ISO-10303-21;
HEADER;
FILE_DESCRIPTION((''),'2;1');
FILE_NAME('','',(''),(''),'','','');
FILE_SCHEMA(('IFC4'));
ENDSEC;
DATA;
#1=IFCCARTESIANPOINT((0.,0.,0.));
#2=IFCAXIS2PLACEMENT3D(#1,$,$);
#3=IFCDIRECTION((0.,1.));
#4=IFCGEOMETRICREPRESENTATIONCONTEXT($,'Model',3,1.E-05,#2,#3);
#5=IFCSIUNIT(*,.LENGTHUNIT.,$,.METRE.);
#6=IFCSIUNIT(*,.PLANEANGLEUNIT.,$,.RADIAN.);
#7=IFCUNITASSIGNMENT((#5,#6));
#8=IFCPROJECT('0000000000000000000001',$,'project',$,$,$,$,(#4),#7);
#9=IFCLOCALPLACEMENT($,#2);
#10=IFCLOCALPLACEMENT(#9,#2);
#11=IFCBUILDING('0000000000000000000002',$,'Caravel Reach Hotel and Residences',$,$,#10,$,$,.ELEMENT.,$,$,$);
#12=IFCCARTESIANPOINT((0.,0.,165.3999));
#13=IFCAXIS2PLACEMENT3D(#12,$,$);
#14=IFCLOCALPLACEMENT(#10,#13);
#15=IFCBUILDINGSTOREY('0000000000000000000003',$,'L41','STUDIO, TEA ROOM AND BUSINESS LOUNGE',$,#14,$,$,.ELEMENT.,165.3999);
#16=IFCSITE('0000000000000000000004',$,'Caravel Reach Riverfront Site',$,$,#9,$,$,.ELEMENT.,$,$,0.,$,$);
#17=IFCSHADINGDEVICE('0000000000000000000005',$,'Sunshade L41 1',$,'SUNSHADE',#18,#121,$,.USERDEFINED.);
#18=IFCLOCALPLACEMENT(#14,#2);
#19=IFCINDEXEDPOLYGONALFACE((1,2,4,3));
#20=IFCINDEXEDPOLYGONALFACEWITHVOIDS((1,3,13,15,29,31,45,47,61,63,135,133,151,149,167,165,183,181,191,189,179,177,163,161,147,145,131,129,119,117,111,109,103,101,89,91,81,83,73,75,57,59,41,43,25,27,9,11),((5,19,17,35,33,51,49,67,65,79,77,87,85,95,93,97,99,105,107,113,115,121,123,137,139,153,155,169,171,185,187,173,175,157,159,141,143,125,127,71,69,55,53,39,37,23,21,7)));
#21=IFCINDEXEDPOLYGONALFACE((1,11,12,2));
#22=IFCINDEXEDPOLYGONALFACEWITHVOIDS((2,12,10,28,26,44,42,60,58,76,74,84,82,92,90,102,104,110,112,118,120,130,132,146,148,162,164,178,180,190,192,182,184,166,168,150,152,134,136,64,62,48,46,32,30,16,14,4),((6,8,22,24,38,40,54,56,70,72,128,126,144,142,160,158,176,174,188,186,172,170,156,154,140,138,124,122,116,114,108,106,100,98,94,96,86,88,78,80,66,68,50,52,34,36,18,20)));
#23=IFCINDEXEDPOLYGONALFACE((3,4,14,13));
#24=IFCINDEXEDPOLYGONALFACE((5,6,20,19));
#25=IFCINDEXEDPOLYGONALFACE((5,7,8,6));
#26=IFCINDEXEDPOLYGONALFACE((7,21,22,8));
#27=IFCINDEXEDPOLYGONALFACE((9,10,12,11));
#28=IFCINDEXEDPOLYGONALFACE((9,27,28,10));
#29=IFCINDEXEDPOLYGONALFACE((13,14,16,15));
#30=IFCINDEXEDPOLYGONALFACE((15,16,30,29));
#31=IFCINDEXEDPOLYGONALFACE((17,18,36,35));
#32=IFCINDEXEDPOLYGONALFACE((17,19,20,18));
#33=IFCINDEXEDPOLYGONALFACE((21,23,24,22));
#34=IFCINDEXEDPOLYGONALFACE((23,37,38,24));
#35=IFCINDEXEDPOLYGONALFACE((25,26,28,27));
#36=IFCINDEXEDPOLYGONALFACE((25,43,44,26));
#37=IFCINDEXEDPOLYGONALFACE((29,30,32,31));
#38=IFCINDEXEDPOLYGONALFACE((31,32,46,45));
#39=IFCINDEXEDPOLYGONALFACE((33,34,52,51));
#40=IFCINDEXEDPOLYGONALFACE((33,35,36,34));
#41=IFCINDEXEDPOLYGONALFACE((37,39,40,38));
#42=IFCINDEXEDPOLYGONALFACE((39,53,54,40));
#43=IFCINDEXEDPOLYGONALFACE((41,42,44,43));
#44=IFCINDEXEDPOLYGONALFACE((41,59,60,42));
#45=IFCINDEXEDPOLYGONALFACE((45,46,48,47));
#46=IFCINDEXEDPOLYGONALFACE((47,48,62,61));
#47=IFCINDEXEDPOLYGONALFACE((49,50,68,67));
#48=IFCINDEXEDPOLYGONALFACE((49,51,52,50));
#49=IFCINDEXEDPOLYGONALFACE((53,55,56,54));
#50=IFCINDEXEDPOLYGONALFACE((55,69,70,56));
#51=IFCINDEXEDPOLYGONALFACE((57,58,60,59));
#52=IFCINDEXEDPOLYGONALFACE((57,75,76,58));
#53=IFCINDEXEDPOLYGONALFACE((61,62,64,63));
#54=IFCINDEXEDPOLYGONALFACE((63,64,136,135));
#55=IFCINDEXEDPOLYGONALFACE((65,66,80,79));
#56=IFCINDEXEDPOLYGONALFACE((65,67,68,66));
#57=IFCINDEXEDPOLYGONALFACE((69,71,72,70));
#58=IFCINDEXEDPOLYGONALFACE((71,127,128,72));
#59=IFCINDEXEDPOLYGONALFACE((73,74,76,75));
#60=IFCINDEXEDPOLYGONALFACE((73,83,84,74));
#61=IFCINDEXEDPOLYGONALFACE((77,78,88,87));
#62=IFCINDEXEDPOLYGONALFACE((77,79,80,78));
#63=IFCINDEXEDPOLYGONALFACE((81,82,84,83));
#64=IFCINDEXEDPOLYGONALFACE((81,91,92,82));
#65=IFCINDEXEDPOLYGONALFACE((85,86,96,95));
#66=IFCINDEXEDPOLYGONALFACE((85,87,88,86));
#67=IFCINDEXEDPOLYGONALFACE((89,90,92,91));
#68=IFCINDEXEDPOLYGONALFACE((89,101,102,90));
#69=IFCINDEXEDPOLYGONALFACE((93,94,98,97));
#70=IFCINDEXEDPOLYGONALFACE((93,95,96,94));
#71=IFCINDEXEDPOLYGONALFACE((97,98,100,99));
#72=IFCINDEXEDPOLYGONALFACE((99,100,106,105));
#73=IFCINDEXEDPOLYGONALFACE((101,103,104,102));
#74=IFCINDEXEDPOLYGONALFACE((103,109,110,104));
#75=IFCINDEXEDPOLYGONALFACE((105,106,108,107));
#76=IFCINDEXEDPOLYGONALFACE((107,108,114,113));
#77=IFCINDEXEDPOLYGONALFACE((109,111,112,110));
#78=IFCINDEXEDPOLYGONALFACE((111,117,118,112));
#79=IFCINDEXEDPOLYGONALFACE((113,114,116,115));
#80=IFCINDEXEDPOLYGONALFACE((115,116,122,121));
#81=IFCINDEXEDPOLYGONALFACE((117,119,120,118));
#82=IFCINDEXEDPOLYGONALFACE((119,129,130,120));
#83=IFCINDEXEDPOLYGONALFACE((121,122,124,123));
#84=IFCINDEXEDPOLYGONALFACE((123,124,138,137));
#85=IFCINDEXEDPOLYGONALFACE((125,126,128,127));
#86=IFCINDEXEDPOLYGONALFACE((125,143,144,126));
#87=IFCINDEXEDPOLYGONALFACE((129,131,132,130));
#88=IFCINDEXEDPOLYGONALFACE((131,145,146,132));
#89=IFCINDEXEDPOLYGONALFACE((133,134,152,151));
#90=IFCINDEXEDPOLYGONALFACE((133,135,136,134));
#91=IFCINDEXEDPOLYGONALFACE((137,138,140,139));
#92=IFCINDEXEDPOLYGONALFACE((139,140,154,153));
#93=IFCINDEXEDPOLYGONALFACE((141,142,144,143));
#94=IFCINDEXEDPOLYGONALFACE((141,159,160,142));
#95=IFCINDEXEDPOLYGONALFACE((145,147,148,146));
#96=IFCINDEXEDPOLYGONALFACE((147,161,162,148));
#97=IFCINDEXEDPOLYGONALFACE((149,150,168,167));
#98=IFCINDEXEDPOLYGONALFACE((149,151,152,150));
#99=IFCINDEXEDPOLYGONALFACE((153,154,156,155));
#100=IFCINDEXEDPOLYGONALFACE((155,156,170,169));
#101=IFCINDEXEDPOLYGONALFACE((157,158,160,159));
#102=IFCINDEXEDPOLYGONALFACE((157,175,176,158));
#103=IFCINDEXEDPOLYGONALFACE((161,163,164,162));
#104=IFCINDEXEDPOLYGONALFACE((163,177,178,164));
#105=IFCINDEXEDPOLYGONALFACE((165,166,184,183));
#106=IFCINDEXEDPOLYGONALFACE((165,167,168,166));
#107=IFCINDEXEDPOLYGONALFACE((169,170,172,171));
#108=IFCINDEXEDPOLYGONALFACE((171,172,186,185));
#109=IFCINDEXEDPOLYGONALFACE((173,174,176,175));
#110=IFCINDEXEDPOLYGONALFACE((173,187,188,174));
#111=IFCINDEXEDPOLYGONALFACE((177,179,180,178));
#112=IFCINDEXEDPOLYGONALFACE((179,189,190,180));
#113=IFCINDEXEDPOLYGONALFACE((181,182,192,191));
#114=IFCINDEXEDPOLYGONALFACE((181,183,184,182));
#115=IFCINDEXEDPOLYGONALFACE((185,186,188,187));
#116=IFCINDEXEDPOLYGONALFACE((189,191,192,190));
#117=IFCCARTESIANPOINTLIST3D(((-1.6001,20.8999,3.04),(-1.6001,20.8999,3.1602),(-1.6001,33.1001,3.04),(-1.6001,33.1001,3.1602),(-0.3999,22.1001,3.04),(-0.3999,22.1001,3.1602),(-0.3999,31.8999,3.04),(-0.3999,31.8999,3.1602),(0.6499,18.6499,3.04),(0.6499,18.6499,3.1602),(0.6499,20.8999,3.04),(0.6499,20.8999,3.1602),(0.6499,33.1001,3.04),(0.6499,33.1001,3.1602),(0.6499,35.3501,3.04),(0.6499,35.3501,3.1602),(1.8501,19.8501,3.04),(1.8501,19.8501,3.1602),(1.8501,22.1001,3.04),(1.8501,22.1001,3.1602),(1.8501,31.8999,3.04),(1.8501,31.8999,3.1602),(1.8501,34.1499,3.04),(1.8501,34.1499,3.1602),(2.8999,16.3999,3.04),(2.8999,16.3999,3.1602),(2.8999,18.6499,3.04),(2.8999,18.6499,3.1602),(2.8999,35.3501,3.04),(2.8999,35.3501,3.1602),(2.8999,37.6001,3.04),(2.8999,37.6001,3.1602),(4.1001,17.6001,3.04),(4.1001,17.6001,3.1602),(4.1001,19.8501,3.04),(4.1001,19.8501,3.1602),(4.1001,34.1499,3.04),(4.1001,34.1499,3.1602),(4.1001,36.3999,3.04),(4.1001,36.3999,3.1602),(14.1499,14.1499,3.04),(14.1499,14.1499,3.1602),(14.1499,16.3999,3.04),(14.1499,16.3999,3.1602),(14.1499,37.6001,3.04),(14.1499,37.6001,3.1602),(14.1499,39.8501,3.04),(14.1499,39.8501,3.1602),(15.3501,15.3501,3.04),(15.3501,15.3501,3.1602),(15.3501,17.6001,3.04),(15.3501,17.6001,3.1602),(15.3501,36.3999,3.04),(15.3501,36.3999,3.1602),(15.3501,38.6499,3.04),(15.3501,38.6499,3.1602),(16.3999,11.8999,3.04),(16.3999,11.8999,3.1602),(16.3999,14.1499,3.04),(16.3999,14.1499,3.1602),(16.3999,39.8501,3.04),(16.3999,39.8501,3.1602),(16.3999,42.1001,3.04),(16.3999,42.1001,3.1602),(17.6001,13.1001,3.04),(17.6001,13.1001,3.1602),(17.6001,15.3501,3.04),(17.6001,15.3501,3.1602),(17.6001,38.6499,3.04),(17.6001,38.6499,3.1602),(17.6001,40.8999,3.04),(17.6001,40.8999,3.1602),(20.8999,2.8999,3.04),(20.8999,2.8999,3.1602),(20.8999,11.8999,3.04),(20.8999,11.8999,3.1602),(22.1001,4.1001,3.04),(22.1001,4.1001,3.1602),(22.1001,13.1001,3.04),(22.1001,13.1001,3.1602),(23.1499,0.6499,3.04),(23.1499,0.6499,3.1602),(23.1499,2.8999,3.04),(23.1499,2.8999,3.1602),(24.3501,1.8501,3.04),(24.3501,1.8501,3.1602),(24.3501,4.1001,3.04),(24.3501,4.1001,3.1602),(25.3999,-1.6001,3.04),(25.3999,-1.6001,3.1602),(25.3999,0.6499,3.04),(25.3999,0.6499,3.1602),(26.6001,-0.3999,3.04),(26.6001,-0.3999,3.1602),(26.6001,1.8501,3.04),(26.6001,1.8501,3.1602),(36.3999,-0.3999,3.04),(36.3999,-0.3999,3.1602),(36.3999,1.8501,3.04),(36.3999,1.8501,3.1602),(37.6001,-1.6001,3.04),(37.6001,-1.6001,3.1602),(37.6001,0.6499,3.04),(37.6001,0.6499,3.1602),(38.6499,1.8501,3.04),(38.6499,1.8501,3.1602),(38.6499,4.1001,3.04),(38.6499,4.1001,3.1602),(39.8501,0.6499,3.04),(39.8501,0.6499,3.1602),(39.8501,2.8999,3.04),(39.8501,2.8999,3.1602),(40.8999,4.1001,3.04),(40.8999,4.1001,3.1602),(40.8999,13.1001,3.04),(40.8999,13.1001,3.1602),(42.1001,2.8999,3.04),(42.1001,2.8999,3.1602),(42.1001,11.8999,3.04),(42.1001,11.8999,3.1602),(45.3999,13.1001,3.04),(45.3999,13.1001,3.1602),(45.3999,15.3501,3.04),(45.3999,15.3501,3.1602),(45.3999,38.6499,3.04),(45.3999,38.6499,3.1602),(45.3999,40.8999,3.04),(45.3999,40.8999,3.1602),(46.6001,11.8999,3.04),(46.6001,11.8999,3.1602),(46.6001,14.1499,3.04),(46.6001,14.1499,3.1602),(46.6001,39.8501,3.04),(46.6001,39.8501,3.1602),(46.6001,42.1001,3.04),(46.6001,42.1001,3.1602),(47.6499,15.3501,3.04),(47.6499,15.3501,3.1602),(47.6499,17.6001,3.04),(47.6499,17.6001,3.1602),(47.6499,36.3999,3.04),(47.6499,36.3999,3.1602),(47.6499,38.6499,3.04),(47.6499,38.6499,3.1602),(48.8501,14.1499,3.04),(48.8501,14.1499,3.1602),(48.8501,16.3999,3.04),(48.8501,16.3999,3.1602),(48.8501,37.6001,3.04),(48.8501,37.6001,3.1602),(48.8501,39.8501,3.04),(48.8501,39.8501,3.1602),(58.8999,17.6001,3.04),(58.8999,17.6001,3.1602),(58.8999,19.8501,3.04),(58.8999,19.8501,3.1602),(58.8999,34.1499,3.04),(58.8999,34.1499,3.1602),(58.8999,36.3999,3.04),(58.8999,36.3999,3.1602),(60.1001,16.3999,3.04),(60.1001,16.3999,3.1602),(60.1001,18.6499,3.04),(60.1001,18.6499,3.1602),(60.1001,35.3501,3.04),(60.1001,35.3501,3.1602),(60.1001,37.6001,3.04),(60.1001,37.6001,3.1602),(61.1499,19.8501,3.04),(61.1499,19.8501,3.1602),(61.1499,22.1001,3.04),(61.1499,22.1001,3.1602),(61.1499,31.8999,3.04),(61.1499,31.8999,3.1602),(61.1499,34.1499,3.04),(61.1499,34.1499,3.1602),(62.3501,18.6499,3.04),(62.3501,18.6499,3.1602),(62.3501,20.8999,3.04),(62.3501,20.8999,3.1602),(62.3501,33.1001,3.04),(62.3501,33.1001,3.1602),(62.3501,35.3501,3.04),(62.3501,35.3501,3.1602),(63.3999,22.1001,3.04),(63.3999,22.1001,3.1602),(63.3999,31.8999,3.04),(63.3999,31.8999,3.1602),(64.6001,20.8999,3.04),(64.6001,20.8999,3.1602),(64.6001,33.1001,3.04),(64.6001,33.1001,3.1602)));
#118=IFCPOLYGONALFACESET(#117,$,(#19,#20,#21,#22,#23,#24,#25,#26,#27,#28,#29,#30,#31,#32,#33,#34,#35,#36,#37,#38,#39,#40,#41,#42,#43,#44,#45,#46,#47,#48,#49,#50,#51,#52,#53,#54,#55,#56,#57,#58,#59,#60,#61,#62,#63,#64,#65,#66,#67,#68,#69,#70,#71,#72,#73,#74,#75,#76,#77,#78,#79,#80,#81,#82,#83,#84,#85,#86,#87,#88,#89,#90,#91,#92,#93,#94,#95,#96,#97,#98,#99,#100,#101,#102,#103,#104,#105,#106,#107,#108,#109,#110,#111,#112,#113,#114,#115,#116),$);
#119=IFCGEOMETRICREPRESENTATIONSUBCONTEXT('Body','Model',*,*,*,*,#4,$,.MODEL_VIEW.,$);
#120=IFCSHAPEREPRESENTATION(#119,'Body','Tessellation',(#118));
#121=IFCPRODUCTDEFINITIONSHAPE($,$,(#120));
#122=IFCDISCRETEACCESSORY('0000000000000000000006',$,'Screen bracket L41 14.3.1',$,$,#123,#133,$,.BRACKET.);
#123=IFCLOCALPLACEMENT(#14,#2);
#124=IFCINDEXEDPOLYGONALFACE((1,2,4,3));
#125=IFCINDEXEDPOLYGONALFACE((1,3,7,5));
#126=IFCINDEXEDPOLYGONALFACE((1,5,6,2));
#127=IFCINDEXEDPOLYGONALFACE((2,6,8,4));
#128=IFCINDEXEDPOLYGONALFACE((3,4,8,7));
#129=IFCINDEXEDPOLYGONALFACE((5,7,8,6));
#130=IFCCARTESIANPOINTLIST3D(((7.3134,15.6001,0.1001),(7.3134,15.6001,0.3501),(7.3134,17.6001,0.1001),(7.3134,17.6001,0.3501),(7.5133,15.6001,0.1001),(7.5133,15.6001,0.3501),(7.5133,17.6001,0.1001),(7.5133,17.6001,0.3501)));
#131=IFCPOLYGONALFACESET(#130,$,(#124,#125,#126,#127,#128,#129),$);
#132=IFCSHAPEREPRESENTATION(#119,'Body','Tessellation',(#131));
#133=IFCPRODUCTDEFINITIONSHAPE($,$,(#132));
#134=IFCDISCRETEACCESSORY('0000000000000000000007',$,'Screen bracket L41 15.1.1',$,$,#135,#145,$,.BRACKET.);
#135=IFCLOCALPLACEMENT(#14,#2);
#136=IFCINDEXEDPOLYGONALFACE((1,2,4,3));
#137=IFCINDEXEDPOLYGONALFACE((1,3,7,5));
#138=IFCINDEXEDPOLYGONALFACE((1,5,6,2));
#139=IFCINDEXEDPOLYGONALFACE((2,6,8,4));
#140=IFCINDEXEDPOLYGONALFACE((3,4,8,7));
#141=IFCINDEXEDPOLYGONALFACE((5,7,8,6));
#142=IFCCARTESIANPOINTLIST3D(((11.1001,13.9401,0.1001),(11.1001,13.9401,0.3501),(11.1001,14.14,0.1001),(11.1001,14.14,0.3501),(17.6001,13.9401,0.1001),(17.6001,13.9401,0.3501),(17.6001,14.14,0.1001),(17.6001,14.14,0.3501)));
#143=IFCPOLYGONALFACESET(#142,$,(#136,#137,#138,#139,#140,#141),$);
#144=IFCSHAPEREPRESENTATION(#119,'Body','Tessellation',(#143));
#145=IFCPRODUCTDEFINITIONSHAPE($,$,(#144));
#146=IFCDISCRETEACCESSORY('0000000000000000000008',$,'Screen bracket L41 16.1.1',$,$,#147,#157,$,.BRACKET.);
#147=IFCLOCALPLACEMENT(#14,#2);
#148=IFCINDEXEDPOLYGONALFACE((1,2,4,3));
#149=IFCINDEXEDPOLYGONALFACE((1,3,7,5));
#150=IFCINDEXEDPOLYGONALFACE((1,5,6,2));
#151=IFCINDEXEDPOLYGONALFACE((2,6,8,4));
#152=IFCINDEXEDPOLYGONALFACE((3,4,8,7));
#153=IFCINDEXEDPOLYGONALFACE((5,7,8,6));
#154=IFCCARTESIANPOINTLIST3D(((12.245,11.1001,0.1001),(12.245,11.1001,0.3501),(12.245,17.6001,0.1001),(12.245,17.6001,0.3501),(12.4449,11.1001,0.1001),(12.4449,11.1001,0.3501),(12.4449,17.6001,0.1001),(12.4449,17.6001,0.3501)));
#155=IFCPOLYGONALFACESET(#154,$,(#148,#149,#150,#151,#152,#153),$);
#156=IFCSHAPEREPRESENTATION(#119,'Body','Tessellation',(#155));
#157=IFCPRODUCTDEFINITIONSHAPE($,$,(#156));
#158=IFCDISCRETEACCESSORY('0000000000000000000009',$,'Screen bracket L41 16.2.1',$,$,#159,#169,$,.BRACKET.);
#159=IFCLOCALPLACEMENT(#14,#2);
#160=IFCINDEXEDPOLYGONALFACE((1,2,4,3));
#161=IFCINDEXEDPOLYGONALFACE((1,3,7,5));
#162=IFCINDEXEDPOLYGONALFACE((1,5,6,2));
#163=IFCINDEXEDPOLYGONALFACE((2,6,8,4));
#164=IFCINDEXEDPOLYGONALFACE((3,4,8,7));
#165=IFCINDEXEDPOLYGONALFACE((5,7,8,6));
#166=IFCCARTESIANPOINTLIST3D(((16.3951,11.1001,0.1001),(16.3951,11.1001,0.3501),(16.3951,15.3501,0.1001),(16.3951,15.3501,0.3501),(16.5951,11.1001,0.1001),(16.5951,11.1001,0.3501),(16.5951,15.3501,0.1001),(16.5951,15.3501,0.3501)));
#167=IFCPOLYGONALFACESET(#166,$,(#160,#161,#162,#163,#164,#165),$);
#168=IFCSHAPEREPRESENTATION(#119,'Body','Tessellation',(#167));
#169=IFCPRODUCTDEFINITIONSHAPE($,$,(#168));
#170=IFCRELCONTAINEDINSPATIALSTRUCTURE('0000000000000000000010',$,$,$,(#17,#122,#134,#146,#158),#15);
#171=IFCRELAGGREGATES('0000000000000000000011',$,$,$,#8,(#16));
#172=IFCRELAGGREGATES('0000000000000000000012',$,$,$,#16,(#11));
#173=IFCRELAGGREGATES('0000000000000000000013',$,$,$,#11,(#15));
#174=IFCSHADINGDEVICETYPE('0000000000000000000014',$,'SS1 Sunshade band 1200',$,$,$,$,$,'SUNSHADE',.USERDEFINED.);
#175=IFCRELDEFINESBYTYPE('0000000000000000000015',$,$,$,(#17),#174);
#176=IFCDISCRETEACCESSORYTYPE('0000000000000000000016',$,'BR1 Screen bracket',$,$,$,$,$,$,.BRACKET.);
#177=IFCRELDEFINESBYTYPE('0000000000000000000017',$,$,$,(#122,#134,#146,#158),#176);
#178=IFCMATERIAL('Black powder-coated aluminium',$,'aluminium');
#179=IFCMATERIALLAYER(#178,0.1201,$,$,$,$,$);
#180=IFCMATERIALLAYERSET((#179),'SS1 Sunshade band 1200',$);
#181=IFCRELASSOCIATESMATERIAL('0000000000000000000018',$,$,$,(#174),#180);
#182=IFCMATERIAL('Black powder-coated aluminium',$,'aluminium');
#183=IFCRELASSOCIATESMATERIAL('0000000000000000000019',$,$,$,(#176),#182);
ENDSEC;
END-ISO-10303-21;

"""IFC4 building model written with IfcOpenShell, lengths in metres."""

from ifc_helpers import new_model, si_unit, direction, frame, origin, origin_2d, place, context, subcontext, project, spatial, polyline, rectangle, outline, extrude, material, layer, layer_set, type_object, element, save


model = new_model("IFC4")

# Units and contexts
model_context = context("Model", 3, precision=1e-05, world=origin(), true_north=direction((0.0, 1.0)))
body_context = subcontext(model_context, "Body", "Model", "MODEL_VIEW")
ifc_project = project(units=[si_unit("LENGTHUNIT", "METRE"), si_unit("PLANEANGLEUNIT", "RADIAN")], contexts=[model_context])

# Site, building, storey
site_placement = place(None, origin())
site = spatial("IfcSite", under=ifc_project, at=site_placement, Name="Caravel Reach Riverfront Site", CompositionType="ELEMENT", RefElevation=0.0)
building_placement = place(site_placement, origin())
building = spatial("IfcBuilding", under=site, at=building_placement, Name="Caravel Reach Hotel and Residences", CompositionType="ELEMENT")
storey_placement = place(building_placement, frame((0.0, 0.0, 165.3999)))
storey = spatial("IfcBuildingStorey", under=building, at=storey_placement, Name="L41", Description="STUDIO, TEA ROOM AND BUSINESS LOUNGE", CompositionType="ELEMENT", Elevation=165.3999)

# Shading device
ifc_material_1 = material(Name="Black powder-coated aluminium", Category="aluminium")
ifc_layer_1 = layer(ifc_material_1, 0.1201)
ifc_layer_set_1 = layer_set([ifc_layer_1], Name="SS1 Sunshade band 1200")
shading_device_type_1 = type_object("IfcShadingDeviceType", Name="SS1 Sunshade band 1200", ElementType="SUNSHADE", PredefinedType="USERDEFINED", material=ifc_layer_set_1)
shading_device_1_placement = place(storey_placement, frame((0.0, 0.0, 3.04)))
element("IfcShadingDevice", 1, at=shading_device_1_placement, inside=storey, type_object=shading_device_type_1, Name="Sunshade L41 1", ObjectType="SUNSHADE", PredefinedType="USERDEFINED", context=body_context, shape_type="SweptSolid", body=[
    extrude(outline(polyline([(20.8999, 11.8999), (20.8999, 2.8999), (23.1499, 2.8999), (23.1499, 0.6499), (25.3999, 0.6499), (25.3999, -1.6001), (37.6001, -1.6001), (37.6001, 0.6499), (39.8501, 0.6499), (39.8501, 2.8999), (42.1001, 2.8999), (42.1001, 11.8999), (46.6001, 11.8999), (46.6001, 14.1499), (48.8501, 14.1499), (48.8501, 16.3999), (60.1001, 16.3999), (60.1001, 18.6499), (62.3501, 18.6499), (62.3501, 20.8999), (64.6001, 20.8999), (64.6001, 33.1001), (62.3501, 33.1001), (62.3501, 35.3501), (60.1001, 35.3501), (60.1001, 37.6001), (48.8501, 37.6001), (48.8501, 39.8501), (46.6001, 39.8501), (46.6001, 42.1001), (16.3999, 42.1001), (16.3999, 39.8501), (14.1499, 39.8501), (14.1499, 37.6001), (2.8999, 37.6001), (2.8999, 35.3501), (0.6499, 35.3501), (0.6499, 33.1001), (-1.6001, 33.1001), (-1.6001, 20.8999), (0.6499, 20.8999), (0.6499, 18.6499), (2.8999, 18.6499), (2.8999, 16.3999), (14.1499, 16.3999), (14.1499, 14.1499), (16.3999, 14.1499), (16.3999, 11.8999), (20.8999, 11.8999)]), holes=[polyline([(24.3501, 4.1001), (22.1001, 4.1001), (22.1001, 13.1001), (17.6001, 13.1001), (17.6001, 15.3501), (15.3501, 15.3501), (15.3501, 17.6001), (4.1001, 17.6001), (4.1001, 19.8501), (1.8501, 19.8501), (1.8501, 22.1001), (-0.3999, 22.1001), (-0.3999, 31.8999), (1.8501, 31.8999), (1.8501, 34.1499), (4.1001, 34.1499), (4.1001, 36.3999), (15.3501, 36.3999), (15.3501, 38.6499), (17.6001, 38.6499), (17.6001, 40.8999), (45.3999, 40.8999), (45.3999, 38.6499), (47.6499, 38.6499), (47.6499, 36.3999), (58.8999, 36.3999), (58.8999, 34.1499), (61.1499, 34.1499), (61.1499, 31.8999), (63.3999, 31.8999), (63.3999, 22.1001), (61.1499, 22.1001), (61.1499, 19.8501), (58.8999, 19.8501), (58.8999, 17.6001), (47.6499, 17.6001), (47.6499, 15.3501), (45.3999, 15.3501), (45.3999, 13.1001), (40.8999, 13.1001), (40.8999, 4.1001), (38.6499, 4.1001), (38.6499, 1.8501), (36.3999, 1.8501), (36.3999, -0.3999), (26.6001, -0.3999), (26.6001, 1.8501), (24.3501, 1.8501), (24.3501, 4.1001)])]), origin(), (0.0, 0.0, 1.0), 0.1201),
])

# Discrete accessories
ifc_material_2 = material(Name="Black powder-coated aluminium", Category="aluminium")
discrete_accessory_type = type_object("IfcDiscreteAccessoryType", Name="BR1 Screen bracket", PredefinedType="BRACKET", material=ifc_material_2)
discrete_accessory_1_placement = place(storey_placement, frame((7.4133, 16.6001, 0.1001), z_axis=(0.0, 0.0, 1.0), x_axis=(0.0, -1.0, 0.0)))
element("IfcDiscreteAccessory", 2, at=discrete_accessory_1_placement, inside=storey, type_object=discrete_accessory_type, Name="Screen bracket L41 14.3.1", PredefinedType="BRACKET", context=body_context, shape_type="SweptSolid", body=[
    extrude(rectangle(XDim=2.0, YDim=0.2, at=origin_2d()), origin(), (0.0, 0.0, 1.0), 0.25),
])
for number, where, z_axis, x_axis, name in (
    (3, (14.3501, 14.04, 0.1001), (0.0, 0.0, 1.0), (-1.0, 0.0, 0.0), "Screen bracket L41 15.1.1"),
    (4, (12.345, 14.3501, 0.1001), (0.0, 0.0, 1.0), (0.0, -1.0, 0.0), "Screen bracket L41 16.1.1"),
):
    element("IfcDiscreteAccessory", number, at=place(storey_placement, frame(where, z_axis=z_axis, x_axis=x_axis)), inside=storey, type_object=discrete_accessory_type, Name=name, PredefinedType="BRACKET", context=body_context, shape_type="SweptSolid", body=[
        extrude(rectangle(XDim=6.5, YDim=0.2, at=origin_2d()), origin(), (0.0, 0.0, 1.0), 0.25),
    ])
discrete_accessory_2_placement = place(storey_placement, frame((16.4951, 13.2251, 0.1001), z_axis=(0.0, 0.0, 1.0), x_axis=(0.0, -1.0, 0.0)))
element("IfcDiscreteAccessory", 5, at=discrete_accessory_2_placement, inside=storey, type_object=discrete_accessory_type, Name="Screen bracket L41 16.2.1", PredefinedType="BRACKET", context=body_context, shape_type="SweptSolid", body=[
    extrude(rectangle(XDim=4.25, YDim=0.2, at=origin_2d()), origin(), (0.0, 0.0, 1.0), 0.25),
])

save(model, "model.ifc")
